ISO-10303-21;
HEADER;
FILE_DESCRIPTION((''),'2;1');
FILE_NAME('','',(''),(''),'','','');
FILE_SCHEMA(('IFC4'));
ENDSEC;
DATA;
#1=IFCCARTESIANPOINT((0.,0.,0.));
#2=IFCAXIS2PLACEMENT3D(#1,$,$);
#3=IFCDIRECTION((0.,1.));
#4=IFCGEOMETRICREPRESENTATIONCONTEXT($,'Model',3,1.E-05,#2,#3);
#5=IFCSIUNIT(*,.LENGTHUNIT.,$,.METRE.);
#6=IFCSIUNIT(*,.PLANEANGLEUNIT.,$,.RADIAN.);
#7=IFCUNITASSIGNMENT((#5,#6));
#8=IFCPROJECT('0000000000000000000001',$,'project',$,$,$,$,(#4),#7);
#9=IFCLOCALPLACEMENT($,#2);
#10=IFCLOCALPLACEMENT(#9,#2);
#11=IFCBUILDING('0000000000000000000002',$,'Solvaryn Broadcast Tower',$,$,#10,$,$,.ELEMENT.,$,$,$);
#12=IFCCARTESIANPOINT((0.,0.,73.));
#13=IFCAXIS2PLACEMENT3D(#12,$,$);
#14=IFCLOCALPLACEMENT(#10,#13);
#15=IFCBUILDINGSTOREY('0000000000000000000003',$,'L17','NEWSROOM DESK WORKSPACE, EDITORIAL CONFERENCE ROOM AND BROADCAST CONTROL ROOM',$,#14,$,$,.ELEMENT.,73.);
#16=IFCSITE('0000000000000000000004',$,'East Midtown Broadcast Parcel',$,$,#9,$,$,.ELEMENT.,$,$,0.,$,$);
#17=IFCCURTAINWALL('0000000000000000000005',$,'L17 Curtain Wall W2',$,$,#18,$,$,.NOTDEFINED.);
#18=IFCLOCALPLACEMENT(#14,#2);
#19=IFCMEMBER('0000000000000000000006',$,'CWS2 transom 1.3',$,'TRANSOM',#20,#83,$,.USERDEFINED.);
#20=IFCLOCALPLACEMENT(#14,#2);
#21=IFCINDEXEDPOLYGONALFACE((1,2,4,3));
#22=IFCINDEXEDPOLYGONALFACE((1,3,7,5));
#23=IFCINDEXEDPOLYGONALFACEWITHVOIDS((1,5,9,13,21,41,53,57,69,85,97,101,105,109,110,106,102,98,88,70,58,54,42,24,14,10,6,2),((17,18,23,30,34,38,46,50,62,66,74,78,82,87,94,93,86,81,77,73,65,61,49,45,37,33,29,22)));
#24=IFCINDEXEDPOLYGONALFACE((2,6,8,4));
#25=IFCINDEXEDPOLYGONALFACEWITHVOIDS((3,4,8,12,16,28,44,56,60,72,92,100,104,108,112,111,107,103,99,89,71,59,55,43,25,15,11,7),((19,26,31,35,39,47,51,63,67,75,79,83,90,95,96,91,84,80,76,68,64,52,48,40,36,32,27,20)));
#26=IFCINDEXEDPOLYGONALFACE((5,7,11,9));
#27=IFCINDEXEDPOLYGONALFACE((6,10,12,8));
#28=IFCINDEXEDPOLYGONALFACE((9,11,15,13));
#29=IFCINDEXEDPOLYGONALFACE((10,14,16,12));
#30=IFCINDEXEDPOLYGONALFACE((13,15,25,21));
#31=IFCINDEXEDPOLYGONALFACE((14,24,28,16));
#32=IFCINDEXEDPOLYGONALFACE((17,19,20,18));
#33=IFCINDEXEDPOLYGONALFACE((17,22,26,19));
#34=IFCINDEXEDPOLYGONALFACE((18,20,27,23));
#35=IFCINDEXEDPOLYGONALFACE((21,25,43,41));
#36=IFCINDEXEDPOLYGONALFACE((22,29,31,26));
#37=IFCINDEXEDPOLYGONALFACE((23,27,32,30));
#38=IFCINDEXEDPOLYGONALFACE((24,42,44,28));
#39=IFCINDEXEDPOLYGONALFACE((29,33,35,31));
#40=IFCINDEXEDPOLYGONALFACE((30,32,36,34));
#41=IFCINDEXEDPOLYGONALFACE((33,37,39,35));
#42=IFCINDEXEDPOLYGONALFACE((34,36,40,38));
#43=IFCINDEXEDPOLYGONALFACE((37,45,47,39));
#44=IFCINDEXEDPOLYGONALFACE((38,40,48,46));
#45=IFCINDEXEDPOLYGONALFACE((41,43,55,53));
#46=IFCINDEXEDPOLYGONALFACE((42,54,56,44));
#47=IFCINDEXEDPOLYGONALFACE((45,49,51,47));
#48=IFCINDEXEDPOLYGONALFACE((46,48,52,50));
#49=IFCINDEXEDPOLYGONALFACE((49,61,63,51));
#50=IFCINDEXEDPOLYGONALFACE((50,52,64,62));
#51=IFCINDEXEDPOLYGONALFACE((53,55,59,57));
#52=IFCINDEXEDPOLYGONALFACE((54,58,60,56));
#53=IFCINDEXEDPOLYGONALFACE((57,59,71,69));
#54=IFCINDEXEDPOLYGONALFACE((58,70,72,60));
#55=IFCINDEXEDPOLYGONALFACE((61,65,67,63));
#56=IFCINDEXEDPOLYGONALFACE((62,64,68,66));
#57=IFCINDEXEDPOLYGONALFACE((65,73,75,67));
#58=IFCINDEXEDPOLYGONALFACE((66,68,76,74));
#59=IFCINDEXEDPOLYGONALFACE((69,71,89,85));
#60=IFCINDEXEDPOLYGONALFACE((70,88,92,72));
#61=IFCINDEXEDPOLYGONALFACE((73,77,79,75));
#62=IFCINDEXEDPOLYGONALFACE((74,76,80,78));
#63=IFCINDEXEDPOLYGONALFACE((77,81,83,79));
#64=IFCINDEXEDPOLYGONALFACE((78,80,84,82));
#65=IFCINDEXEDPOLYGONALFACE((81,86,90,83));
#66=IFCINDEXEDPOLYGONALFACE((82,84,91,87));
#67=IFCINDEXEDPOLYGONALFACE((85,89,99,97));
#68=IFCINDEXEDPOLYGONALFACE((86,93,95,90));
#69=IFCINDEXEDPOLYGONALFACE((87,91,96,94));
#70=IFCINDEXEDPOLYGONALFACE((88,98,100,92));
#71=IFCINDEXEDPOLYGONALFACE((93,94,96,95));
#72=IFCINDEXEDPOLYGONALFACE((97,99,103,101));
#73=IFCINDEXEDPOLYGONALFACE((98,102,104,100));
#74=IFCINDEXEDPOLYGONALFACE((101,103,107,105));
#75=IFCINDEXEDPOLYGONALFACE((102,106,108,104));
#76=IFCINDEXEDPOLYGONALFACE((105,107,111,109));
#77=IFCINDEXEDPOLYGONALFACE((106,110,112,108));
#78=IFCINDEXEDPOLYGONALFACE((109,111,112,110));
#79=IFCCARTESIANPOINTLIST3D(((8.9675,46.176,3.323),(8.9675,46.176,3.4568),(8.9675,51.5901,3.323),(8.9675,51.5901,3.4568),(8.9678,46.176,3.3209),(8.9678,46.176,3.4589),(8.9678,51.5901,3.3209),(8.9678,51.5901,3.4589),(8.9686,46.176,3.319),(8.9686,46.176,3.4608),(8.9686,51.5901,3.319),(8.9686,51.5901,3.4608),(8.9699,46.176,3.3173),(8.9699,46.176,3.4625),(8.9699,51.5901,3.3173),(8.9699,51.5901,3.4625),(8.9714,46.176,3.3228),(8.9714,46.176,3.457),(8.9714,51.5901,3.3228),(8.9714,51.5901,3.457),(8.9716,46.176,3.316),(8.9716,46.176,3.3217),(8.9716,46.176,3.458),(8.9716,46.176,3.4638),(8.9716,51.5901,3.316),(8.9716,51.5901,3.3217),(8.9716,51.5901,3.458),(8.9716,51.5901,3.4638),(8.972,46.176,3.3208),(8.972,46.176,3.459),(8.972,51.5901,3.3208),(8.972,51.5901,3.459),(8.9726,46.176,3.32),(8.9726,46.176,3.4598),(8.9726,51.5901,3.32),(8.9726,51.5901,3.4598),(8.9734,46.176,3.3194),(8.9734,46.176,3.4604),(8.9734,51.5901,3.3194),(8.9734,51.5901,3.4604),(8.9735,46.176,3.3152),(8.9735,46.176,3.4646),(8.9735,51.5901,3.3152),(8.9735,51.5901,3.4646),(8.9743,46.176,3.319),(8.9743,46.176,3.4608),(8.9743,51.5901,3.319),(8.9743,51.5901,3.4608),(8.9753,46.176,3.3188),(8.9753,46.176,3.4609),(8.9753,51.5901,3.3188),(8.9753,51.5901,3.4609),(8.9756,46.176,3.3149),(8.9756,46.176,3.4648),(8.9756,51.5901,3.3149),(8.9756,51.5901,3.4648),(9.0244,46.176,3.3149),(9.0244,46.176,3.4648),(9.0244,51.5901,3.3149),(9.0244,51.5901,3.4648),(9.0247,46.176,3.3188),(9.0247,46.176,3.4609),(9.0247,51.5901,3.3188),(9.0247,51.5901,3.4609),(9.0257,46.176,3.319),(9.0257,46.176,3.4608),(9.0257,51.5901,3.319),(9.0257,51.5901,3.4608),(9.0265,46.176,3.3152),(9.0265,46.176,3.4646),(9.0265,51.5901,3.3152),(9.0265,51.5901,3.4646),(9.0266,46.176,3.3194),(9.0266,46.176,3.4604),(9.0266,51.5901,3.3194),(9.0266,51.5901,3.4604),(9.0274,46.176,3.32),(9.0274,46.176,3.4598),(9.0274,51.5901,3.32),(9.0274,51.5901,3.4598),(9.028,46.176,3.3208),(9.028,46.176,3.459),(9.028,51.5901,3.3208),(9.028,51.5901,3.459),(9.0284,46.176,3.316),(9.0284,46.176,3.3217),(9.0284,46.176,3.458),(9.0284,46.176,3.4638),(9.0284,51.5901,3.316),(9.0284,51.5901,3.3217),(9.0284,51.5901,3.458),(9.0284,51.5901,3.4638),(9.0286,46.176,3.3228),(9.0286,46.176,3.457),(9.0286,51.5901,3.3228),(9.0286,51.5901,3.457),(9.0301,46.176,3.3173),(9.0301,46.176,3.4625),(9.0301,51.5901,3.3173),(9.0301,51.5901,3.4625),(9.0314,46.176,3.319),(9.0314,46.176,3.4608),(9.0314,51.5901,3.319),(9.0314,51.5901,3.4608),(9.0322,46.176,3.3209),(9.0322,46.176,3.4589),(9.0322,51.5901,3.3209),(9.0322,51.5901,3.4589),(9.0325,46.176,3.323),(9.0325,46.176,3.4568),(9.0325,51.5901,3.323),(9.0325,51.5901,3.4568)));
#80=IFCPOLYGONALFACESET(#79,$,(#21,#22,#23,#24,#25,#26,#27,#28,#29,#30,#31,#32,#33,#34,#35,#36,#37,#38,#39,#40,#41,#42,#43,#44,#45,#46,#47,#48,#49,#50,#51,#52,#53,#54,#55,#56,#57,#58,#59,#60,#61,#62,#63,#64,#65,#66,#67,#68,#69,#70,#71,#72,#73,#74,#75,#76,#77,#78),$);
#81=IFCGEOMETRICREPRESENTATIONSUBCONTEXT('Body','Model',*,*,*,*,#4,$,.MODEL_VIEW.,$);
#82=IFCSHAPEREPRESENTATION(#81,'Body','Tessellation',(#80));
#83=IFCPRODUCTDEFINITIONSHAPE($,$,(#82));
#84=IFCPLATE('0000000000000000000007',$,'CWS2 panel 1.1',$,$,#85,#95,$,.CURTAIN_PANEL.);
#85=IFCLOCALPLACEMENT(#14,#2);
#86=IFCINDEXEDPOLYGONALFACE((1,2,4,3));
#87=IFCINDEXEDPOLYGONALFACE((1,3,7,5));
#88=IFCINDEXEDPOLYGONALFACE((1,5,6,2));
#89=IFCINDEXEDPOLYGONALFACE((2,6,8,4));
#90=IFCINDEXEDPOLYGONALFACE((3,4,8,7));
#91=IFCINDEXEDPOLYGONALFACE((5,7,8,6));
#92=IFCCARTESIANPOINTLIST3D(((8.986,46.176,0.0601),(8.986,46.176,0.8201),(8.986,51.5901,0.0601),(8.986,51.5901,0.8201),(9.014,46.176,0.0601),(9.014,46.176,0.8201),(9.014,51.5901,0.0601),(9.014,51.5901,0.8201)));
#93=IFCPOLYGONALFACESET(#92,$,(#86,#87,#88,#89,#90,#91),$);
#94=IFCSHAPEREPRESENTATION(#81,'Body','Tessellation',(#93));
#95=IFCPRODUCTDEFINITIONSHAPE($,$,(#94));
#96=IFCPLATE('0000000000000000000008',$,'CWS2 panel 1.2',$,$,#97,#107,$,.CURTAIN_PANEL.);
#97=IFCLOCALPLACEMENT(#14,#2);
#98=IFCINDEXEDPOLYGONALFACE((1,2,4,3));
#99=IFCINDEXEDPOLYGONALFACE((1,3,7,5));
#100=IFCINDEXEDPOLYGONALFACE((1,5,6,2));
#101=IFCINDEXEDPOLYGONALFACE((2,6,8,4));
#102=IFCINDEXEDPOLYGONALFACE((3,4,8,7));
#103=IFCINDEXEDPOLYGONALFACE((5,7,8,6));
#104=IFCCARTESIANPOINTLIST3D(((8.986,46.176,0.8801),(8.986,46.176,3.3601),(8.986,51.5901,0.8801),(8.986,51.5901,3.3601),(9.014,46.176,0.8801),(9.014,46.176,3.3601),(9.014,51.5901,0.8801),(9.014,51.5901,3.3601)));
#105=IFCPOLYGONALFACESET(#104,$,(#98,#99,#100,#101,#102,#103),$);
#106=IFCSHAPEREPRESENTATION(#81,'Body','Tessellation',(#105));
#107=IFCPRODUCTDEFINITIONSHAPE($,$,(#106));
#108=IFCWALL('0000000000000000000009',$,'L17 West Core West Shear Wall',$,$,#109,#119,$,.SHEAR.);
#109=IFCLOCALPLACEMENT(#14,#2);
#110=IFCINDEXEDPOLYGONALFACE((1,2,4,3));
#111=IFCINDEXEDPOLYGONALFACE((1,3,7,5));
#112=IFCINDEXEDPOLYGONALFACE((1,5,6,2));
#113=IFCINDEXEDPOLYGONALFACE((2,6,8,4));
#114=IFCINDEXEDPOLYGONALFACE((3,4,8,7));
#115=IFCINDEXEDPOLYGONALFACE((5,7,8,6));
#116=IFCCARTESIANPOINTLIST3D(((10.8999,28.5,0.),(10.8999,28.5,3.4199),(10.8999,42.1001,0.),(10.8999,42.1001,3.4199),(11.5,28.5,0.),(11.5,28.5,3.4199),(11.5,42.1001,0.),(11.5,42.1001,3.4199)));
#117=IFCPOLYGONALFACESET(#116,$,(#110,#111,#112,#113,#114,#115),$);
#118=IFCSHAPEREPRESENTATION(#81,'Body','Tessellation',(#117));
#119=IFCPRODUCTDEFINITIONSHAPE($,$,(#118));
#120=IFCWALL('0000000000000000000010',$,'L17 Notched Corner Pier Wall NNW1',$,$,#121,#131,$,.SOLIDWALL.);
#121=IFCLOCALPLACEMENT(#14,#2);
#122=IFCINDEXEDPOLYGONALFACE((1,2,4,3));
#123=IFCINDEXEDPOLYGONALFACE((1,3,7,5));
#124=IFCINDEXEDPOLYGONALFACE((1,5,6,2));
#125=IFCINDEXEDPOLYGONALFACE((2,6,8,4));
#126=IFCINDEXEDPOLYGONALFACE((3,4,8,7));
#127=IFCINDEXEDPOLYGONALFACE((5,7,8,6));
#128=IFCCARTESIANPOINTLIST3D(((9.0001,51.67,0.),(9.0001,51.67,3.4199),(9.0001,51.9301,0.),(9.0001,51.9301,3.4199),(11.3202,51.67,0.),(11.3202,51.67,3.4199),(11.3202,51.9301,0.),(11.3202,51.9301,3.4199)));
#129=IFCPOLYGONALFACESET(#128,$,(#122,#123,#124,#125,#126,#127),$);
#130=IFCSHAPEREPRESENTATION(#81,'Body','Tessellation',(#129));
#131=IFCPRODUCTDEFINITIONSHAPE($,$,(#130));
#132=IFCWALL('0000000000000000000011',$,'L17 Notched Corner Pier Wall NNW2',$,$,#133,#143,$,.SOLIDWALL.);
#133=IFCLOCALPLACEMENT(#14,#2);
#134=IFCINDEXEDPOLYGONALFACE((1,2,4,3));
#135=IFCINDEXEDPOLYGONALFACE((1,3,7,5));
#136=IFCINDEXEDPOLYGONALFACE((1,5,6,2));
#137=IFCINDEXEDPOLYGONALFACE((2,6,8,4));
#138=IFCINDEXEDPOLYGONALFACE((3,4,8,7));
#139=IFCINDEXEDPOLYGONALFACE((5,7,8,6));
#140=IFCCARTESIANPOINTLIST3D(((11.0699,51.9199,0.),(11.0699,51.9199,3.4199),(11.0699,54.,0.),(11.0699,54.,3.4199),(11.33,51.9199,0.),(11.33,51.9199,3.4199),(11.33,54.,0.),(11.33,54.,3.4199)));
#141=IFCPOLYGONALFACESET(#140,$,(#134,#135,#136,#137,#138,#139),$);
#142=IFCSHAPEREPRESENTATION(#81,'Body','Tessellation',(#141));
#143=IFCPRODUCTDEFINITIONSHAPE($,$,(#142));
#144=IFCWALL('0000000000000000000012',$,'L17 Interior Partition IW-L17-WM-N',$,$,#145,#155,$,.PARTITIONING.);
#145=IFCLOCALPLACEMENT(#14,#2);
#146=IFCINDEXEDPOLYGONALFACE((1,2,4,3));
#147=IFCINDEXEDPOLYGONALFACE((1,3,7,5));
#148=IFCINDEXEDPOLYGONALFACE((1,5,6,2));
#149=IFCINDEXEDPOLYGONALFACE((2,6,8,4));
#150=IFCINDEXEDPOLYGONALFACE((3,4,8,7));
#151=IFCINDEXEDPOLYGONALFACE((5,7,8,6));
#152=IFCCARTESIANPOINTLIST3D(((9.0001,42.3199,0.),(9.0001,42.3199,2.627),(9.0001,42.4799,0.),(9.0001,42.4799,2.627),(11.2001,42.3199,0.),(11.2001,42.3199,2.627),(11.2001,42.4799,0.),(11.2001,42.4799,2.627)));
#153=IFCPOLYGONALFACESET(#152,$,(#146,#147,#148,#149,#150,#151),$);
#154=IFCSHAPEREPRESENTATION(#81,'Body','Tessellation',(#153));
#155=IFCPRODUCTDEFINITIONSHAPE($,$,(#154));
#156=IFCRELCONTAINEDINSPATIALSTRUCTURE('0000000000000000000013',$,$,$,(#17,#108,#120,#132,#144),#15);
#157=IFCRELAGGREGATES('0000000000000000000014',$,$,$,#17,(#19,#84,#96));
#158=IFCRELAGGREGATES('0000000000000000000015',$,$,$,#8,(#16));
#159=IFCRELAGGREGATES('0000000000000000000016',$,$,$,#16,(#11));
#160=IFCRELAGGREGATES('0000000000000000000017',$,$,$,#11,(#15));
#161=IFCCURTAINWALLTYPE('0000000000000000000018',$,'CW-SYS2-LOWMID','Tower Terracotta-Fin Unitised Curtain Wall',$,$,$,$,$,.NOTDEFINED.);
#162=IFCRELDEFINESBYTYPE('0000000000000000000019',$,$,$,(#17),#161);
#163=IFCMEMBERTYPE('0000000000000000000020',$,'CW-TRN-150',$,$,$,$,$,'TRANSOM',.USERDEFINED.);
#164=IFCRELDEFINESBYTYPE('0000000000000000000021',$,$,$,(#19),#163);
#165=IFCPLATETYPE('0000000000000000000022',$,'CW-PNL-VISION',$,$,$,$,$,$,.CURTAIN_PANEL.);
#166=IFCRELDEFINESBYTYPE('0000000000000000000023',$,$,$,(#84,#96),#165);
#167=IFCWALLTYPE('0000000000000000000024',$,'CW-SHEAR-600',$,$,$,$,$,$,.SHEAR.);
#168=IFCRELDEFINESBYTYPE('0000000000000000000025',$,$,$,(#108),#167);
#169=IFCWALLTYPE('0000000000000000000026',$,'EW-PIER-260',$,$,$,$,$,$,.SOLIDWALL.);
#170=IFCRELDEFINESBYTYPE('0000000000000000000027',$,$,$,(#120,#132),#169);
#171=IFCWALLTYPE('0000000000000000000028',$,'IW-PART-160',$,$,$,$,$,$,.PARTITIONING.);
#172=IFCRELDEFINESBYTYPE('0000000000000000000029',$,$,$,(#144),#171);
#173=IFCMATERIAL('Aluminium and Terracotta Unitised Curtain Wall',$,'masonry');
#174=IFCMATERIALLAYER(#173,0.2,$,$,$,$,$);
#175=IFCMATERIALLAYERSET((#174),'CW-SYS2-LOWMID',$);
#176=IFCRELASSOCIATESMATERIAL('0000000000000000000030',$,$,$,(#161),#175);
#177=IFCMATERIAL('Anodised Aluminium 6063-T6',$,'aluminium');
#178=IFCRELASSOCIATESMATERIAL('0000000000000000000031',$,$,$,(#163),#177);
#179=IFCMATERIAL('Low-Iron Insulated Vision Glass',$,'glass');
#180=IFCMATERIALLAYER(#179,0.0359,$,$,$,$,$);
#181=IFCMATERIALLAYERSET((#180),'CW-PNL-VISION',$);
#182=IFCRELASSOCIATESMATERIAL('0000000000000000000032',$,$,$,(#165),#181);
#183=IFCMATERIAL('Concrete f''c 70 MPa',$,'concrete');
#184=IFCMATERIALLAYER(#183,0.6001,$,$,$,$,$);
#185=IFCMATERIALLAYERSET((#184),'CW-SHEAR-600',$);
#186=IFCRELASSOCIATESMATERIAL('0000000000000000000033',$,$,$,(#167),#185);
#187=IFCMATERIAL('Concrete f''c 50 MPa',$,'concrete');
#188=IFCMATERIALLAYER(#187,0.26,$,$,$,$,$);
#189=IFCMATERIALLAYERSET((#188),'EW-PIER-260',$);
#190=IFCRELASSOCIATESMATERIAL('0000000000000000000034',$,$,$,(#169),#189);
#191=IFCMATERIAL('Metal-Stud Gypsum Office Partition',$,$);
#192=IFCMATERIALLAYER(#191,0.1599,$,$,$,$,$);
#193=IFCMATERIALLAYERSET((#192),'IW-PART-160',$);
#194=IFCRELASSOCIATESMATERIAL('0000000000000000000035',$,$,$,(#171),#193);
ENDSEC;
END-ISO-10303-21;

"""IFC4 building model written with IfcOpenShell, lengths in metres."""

from ifc_helpers import new_model, si_unit, direction, frame, frame_2d, origin, origin_2d, place, context, subcontext, project, spatial, rectangle, hollow_rectangle, extrude, material, layer, layer_set, material_profile, profile_set, type_object, element, aggregate, save


model = new_model("IFC4")

# Units and contexts
model_context = context("Model", 3, precision=1e-05, world=origin(), true_north=direction((0.0, 1.0)))
body_context = subcontext(model_context, "Body", "Model", "MODEL_VIEW")
ifc_project = project(units=[si_unit("LENGTHUNIT", "METRE"), si_unit("PLANEANGLEUNIT", "RADIAN")], contexts=[model_context])

# Site, building, storey
site_placement = place(None, origin())
site = spatial("IfcSite", under=ifc_project, at=site_placement, Name="East Midtown Broadcast Parcel", CompositionType="ELEMENT", RefElevation=0.0)
building_placement = place(site_placement, origin())
building = spatial("IfcBuilding", under=site, at=building_placement, Name="Solvaryn Broadcast Tower", CompositionType="ELEMENT")
storey_placement = place(building_placement, frame((0.0, 0.0, 73.0)))
storey = spatial("IfcBuildingStorey", under=building, at=storey_placement, Name="L17", Description="NEWSROOM DESK WORKSPACE, EDITORIAL CONFERENCE ROOM AND BROADCAST CONTROL ROOM", CompositionType="ELEMENT", Elevation=73.0)

# Shared definitions
ifc_material_1 = material(Name="Aluminium and Terracotta Unitised Curtain Wall", Category="masonry")
ifc_layer_1 = layer(ifc_material_1, 0.2)
ifc_layer_set_1 = layer_set([ifc_layer_1], Name="CW-SYS2-LOWMID")
curtain_wall_type = type_object("IfcCurtainWallType", Name="CW-SYS2-LOWMID", Description="Tower Terracotta-Fin Unitised Curtain Wall", PredefinedType="NOTDEFINED", material=ifc_layer_set_1)

# Curtain wall
curtain_wall_1_placement = place(storey_placement, origin())
curtain_wall_1 = element("IfcCurtainWall", 1, at=curtain_wall_1_placement, inside=storey, type_object=curtain_wall_type, Name="L17 Curtain Wall W2", PredefinedType="NOTDEFINED")

# Member
ifc_material_2 = material(Name="Anodised Aluminium 6063-T6", Category="aluminium")
ifc_material_profile_1 = material_profile(ifc_material_2, hollow_rectangle(XDim=0.0649, YDim=0.1499, WallThickness=0.0039, InnerFilletRadius=0.0039, OuterFilletRadius=0.0081, at=origin_2d()))
ifc_profile_set_1 = profile_set([ifc_material_profile_1], Name="Anodised Aluminium 6063-T6")
member_type_1 = type_object("IfcMemberType", Name="CW-TRN-150", ElementType="TRANSOM", PredefinedType="USERDEFINED", material=ifc_profile_set_1)
member_1_placement = place(storey_placement, frame((9.0, 46.176, 3.3899), z_axis=(0.0, 1.0, 0.0), x_axis=(-1.0, 0.0, 0.0)))
member_1 = element("IfcMember", 2, at=member_1_placement, type_object=member_type_1, Name="CWS2 transom 1.3", ObjectType="TRANSOM", PredefinedType="USERDEFINED", context=body_context, shape_type="SweptSolid", body=[
    extrude(hollow_rectangle(XDim=0.0649, YDim=0.1499, WallThickness=0.0039, InnerFilletRadius=0.0039, OuterFilletRadius=0.0081, at=origin_2d()), origin(), (0.0, 0.0, 1.0), 5.4141),
])

# Plates
ifc_material_3 = material(Name="Low-Iron Insulated Vision Glass", Category="glass")
ifc_layer_2 = layer(ifc_material_3, 0.0359)
ifc_layer_set_2 = layer_set([ifc_layer_2], Name="CW-PNL-VISION")
plate_type = type_object("IfcPlateType", Name="CW-PNL-VISION", PredefinedType="CURTAIN_PANEL", material=ifc_layer_set_2)
plate_1_placement = place(storey_placement, frame((9.0, 48.8831, 0.0601), z_axis=(0.0, 0.0, 1.0), x_axis=(0.0, 1.0, 0.0)))
plate_1 = element("IfcPlate", 3, at=plate_1_placement, type_object=plate_type, Name="CWS2 panel 1.1", PredefinedType="CURTAIN_PANEL", context=body_context, shape_type="SweptSolid", body=[
    extrude(rectangle(XDim=5.4141, YDim=0.0281, at=origin_2d()), origin(), (0.0, 0.0, 1.0), 0.76),
])
plate_2_placement = place(storey_placement, frame((9.0, 48.8831, 0.8801), z_axis=(0.0, 0.0, 1.0), x_axis=(0.0, 1.0, 0.0)))
plate_2 = element("IfcPlate", 4, at=plate_2_placement, type_object=plate_type, Name="CWS2 panel 1.2", PredefinedType="CURTAIN_PANEL", context=body_context, shape_type="SweptSolid", body=[
    extrude(rectangle(XDim=5.4141, YDim=0.0281, at=origin_2d()), origin(), (0.0, 0.0, 1.0), 2.48),
])
aggregate(curtain_wall_1, [member_1, plate_1, plate_2])

# Walls
ifc_material_4 = material(Name="Concrete f'c 70 MPa", Category="concrete")
ifc_layer_3 = layer(ifc_material_4, 0.6001)
ifc_layer_set_3 = layer_set([ifc_layer_3], Name="CW-SHEAR-600")
wall_type_1 = type_object("IfcWallType", Name="CW-SHEAR-600", PredefinedType="SHEAR", material=ifc_layer_set_3)
wall_1_placement = place(storey_placement, frame((11.2, 42.1001, 0.0), z_axis=(0.0, 0.0, 1.0), x_axis=(0.0, -1.0, 0.0)))
element("IfcWall", 5, at=wall_1_placement, inside=storey, type_object=wall_type_1, Name="L17 West Core West Shear Wall", PredefinedType="SHEAR", context=body_context, shape_type="SweptSolid", body=[
    extrude(rectangle(XDim=13.6001, YDim=0.6001, at=frame_2d((6.8, 0.0))), origin(), (0.0, 0.0, 1.0), 3.4199),
])
ifc_material_5 = material(Name="Concrete f'c 50 MPa", Category="concrete")
ifc_layer_4 = layer(ifc_material_5, 0.26)
ifc_layer_set_4 = layer_set([ifc_layer_4], Name="EW-PIER-260")
wall_type_2 = type_object("IfcWallType", Name="EW-PIER-260", PredefinedType="SOLIDWALL", material=ifc_layer_set_4)
wall_2_placement = place(storey_placement, frame((9.0, 51.8, 0.0), z_axis=(0.0, 0.0, 1.0), x_axis=(1.0, 0.0, 0.0)))
element("IfcWall", 6, at=wall_2_placement, inside=storey, type_object=wall_type_2, Name="L17 Notched Corner Pier Wall NNW1", PredefinedType="SOLIDWALL", context=body_context, shape_type="SweptSolid", body=[
    extrude(rectangle(XDim=2.3201, YDim=0.26, at=frame_2d((1.1602, 0.0))), origin(), (0.0, 0.0, 1.0), 3.4199),
])
wall_3_placement = place(storey_placement, frame((11.2, 51.9199, 0.0), z_axis=(0.0, 0.0, 1.0), x_axis=(0.0, 1.0, 0.0)))
element("IfcWall", 7, at=wall_3_placement, inside=storey, type_object=wall_type_2, Name="L17 Notched Corner Pier Wall NNW2", PredefinedType="SOLIDWALL", context=body_context, shape_type="SweptSolid", body=[
    extrude(rectangle(XDim=2.0801, YDim=0.26, at=frame_2d((1.04, 0.0))), origin(), (0.0, 0.0, 1.0), 3.4199),
])
ifc_material_6 = material(Name="Metal-Stud Gypsum Office Partition")
ifc_layer_5 = layer(ifc_material_6, 0.1599)
ifc_layer_set_5 = layer_set([ifc_layer_5], Name="IW-PART-160")
wall_type_3 = type_object("IfcWallType", Name="IW-PART-160", PredefinedType="PARTITIONING", material=ifc_layer_set_5)
wall_4_placement = place(storey_placement, frame((9.0, 42.3999, 0.0), z_axis=(0.0, 0.0, 1.0), x_axis=(1.0, 0.0, 0.0)))
element("IfcWall", 8, at=wall_4_placement, inside=storey, type_object=wall_type_3, Name="L17 Interior Partition IW-L17-WM-N", PredefinedType="PARTITIONING", context=body_context, shape_type="SweptSolid", body=[
    extrude(rectangle(XDim=2.2, YDim=0.1599, at=frame_2d((1.1001, 0.0))), origin(), (0.0, 0.0, 1.0), 2.627),
])

save(model, "model.ifc")
